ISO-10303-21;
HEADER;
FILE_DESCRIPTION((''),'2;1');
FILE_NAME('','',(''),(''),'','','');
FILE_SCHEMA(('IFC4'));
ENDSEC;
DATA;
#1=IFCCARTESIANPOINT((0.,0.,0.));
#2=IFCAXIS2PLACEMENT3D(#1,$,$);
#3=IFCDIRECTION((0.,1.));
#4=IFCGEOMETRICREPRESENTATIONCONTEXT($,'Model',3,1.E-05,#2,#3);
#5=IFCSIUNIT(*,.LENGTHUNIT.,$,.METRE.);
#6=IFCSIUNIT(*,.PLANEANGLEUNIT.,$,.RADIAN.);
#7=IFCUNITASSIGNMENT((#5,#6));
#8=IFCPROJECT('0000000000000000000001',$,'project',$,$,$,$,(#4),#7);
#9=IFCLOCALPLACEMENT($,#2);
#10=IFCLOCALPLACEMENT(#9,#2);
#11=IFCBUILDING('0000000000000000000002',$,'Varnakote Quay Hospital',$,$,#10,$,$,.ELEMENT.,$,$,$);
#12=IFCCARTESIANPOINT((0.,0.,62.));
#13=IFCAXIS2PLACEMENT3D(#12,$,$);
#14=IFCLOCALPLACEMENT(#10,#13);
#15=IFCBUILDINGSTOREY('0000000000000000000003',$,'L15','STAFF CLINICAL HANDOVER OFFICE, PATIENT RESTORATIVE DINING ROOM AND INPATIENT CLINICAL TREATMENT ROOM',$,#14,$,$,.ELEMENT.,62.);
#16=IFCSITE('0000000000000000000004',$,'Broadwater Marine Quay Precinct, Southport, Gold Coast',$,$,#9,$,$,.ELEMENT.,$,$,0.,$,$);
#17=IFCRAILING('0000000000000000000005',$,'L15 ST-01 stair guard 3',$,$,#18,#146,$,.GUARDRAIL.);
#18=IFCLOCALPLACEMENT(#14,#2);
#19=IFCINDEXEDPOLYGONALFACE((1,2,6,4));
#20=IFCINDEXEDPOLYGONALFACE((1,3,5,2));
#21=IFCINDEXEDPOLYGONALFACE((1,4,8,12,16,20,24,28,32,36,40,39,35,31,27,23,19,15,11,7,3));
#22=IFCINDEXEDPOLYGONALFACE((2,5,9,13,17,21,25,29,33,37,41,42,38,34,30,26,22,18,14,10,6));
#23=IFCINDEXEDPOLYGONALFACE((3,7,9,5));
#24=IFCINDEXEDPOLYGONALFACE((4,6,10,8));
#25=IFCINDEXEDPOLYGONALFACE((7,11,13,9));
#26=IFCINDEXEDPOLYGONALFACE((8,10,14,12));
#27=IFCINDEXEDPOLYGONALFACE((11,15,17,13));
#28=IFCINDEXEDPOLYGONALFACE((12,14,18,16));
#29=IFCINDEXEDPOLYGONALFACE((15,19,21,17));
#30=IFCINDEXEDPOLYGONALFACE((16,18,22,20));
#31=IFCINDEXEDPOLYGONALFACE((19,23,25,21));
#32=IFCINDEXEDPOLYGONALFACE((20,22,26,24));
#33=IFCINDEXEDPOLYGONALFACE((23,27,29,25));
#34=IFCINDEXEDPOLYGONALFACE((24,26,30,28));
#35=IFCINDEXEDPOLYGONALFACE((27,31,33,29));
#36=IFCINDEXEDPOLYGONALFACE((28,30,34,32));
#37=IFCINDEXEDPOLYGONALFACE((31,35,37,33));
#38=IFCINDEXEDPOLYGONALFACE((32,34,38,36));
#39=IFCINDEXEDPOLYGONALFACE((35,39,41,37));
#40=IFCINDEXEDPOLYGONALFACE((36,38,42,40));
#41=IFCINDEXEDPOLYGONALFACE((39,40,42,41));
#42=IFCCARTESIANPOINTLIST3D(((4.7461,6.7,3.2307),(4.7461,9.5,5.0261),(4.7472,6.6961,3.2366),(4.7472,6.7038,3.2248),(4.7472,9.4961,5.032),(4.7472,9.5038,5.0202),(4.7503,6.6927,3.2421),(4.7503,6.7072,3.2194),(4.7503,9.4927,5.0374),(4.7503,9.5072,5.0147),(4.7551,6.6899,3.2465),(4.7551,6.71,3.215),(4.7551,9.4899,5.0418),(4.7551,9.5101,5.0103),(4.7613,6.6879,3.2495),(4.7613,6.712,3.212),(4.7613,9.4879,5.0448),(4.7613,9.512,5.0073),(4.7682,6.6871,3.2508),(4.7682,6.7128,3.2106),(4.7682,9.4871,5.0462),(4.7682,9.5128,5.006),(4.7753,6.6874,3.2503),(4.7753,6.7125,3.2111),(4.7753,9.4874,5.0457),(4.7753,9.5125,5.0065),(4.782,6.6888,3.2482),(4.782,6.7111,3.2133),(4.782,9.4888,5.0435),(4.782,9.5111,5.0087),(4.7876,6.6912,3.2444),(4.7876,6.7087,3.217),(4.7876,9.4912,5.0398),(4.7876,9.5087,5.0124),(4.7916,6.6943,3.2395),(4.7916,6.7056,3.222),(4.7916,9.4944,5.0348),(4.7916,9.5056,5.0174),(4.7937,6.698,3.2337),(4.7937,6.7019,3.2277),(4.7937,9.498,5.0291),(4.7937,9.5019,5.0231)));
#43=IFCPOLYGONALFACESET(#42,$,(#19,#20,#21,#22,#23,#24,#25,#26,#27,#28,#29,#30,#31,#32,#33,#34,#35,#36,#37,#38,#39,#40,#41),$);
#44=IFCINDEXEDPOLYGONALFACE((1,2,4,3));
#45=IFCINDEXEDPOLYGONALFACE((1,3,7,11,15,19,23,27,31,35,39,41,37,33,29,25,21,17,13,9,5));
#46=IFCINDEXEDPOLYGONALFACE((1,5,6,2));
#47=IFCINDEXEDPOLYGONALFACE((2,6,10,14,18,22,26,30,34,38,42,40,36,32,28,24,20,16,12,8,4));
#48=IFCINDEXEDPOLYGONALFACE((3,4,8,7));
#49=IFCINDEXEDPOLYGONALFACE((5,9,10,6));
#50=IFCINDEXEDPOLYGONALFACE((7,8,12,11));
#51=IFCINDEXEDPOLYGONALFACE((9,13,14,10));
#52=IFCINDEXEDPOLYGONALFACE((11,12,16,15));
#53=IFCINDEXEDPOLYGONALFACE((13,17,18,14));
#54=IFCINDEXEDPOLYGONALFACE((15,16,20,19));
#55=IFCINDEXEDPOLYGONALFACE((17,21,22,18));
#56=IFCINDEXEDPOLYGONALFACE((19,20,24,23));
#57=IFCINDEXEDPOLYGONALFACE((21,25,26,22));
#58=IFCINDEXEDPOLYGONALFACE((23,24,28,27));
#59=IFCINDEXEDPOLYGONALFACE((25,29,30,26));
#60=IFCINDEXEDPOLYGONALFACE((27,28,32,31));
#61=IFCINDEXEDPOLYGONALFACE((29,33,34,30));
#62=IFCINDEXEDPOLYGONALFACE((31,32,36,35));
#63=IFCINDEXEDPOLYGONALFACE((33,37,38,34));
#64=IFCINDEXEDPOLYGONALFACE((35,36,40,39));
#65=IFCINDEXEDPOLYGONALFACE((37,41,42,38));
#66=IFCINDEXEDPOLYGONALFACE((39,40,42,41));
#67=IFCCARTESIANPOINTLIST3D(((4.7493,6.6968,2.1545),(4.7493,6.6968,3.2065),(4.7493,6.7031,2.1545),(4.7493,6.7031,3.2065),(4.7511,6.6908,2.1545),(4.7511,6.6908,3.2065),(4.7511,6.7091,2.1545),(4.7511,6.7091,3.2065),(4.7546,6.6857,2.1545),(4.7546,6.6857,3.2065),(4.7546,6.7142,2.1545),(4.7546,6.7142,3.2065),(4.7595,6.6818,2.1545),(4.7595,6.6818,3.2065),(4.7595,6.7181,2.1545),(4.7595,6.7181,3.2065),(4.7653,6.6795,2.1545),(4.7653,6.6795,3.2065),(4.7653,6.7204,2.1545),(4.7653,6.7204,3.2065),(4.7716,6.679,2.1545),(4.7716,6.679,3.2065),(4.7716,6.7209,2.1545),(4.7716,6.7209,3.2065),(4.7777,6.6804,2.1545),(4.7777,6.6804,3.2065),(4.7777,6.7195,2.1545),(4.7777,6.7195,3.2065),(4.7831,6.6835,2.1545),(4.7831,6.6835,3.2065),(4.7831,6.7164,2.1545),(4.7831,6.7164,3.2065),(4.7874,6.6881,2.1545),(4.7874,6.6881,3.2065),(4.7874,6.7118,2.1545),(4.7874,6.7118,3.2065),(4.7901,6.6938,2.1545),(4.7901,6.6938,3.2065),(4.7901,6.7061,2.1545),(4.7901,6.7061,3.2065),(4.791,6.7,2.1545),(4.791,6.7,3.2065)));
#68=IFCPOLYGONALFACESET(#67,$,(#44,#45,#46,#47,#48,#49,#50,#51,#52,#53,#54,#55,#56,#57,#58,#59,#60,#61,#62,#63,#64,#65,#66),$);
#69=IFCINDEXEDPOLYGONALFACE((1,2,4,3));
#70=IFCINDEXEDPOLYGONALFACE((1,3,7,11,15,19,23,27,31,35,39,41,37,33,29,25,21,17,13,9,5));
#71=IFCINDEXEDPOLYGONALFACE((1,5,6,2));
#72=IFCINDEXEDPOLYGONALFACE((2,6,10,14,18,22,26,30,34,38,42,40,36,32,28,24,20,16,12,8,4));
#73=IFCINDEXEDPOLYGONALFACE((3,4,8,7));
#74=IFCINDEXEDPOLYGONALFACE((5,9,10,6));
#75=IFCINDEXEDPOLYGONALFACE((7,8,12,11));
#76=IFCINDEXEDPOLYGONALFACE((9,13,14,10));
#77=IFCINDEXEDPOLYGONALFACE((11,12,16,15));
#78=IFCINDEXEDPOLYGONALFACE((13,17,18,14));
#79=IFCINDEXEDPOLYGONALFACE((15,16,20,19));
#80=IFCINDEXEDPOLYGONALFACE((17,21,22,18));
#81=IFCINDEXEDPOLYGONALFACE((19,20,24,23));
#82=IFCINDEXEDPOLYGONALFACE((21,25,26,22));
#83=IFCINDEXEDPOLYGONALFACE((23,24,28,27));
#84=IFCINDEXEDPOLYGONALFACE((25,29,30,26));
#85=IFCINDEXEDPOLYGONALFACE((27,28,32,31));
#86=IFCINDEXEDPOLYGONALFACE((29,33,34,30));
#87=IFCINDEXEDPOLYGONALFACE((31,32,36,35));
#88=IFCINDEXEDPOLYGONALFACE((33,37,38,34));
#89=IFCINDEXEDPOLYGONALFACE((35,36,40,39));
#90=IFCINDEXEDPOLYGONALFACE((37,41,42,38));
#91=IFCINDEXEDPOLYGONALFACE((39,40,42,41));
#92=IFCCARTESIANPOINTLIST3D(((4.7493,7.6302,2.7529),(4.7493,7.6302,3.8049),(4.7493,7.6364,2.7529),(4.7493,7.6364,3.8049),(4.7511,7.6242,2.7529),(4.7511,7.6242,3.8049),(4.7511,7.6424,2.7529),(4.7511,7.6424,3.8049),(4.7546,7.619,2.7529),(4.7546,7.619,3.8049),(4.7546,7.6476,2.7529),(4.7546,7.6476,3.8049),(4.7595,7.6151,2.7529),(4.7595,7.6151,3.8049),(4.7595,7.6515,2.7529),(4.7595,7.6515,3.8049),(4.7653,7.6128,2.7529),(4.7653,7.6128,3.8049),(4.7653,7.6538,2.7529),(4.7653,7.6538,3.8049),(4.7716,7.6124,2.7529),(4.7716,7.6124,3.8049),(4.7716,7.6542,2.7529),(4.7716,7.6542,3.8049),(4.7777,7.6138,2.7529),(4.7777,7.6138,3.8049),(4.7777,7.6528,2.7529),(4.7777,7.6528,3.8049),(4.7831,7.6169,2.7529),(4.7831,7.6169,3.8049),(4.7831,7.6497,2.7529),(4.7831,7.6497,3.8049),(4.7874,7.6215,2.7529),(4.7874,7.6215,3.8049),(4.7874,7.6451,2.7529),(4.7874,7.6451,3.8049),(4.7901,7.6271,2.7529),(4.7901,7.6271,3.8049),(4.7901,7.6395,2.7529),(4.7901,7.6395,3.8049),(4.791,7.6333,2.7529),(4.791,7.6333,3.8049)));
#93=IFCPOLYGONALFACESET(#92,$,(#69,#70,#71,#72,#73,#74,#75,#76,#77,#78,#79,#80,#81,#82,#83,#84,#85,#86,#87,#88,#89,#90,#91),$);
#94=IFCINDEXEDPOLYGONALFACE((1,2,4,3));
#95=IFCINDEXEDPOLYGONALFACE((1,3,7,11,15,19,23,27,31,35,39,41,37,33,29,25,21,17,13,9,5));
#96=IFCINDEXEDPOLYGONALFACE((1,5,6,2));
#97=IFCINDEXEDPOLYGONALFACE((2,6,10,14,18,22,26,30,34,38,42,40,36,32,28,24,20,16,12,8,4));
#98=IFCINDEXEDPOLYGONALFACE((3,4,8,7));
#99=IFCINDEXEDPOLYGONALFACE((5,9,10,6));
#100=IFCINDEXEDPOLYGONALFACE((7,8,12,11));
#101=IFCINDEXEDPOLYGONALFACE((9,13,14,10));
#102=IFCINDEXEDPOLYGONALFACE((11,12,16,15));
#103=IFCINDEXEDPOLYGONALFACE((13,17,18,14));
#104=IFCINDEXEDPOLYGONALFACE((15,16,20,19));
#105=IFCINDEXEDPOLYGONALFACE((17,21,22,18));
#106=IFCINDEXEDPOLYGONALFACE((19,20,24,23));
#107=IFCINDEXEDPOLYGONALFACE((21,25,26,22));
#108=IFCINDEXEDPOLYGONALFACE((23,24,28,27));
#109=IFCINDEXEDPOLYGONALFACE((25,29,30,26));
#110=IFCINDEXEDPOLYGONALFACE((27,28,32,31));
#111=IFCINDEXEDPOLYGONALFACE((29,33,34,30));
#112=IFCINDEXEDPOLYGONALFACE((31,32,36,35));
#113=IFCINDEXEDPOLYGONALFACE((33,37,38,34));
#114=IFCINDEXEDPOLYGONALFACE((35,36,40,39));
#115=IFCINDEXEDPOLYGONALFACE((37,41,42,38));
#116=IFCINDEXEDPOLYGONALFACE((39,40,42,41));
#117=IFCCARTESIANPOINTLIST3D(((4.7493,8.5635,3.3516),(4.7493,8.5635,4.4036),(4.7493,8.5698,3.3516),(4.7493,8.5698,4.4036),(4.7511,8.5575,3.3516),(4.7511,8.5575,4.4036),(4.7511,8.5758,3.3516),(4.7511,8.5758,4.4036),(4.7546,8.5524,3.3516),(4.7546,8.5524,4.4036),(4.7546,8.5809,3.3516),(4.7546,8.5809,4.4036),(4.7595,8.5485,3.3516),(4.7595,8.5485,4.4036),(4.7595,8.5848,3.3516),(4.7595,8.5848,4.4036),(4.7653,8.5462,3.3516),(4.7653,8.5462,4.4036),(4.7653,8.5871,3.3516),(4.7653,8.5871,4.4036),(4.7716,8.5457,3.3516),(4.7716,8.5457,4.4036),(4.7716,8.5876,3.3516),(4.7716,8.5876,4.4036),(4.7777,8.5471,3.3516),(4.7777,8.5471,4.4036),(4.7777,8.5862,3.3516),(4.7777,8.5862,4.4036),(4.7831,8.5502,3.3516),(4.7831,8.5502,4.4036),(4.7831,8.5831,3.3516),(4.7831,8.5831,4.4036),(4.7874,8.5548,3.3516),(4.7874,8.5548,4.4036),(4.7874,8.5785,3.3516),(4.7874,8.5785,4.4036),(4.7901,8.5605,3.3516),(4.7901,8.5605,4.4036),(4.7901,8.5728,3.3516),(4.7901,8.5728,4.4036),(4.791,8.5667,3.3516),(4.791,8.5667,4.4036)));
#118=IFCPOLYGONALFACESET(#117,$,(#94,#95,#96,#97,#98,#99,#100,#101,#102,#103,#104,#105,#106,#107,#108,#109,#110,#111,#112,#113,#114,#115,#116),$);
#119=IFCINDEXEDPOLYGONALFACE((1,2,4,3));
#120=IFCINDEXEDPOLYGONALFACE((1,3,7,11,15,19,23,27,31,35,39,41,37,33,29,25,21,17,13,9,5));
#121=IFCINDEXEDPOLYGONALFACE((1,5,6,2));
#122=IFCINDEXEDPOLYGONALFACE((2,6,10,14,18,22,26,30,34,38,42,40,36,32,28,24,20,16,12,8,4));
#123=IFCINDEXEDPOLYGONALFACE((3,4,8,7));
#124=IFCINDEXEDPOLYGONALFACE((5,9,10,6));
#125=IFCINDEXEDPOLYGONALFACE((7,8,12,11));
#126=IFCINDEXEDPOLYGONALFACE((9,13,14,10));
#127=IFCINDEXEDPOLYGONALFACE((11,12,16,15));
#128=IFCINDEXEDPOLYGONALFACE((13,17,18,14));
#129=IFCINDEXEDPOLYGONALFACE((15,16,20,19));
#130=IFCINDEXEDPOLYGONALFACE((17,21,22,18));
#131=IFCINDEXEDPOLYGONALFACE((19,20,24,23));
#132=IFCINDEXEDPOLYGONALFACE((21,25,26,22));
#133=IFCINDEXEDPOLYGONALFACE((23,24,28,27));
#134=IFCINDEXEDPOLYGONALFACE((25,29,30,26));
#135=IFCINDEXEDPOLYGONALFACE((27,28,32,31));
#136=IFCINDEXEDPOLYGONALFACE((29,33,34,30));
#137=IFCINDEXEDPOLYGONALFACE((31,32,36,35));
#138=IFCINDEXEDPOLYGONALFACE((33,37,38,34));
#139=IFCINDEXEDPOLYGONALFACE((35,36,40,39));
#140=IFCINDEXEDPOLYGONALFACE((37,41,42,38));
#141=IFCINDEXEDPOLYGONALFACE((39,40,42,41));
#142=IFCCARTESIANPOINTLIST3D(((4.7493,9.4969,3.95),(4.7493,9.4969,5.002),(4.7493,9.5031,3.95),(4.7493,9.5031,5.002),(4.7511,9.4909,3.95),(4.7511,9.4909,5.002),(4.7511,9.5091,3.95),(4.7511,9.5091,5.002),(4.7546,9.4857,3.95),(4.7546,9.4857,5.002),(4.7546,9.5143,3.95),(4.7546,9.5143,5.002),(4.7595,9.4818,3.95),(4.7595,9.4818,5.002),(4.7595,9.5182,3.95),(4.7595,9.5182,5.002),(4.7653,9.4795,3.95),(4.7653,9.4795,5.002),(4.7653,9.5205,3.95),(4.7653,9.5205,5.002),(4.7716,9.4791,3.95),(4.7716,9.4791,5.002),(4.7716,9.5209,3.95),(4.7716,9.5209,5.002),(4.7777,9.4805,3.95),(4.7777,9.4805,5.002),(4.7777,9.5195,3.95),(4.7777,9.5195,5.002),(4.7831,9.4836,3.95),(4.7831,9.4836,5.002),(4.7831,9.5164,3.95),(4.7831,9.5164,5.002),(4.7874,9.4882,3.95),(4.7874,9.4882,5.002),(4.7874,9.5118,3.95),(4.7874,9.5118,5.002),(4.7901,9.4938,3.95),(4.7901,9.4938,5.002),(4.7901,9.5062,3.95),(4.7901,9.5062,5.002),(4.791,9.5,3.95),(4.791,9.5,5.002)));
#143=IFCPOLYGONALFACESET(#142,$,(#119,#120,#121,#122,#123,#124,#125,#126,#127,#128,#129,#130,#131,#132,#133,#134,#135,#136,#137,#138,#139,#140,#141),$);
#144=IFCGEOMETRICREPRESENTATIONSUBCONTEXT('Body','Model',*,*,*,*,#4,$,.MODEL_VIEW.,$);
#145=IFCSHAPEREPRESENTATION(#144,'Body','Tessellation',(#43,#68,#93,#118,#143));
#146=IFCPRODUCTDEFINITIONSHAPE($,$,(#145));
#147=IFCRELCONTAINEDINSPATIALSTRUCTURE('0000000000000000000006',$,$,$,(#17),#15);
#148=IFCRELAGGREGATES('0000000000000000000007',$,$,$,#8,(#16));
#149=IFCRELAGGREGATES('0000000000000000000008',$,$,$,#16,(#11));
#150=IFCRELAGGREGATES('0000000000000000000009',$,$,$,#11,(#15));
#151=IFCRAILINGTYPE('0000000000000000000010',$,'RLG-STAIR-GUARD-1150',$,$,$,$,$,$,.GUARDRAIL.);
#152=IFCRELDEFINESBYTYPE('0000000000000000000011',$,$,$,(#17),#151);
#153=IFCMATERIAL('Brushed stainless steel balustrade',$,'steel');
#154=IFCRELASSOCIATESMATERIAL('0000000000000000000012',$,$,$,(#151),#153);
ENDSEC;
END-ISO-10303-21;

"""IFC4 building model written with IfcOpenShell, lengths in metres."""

from ifc_helpers import new_model, si_unit, direction, frame, origin, origin_2d, place, context, subcontext, project, spatial, circle, extrude, material, type_object, element, save


model = new_model("IFC4")

# Units and contexts
model_context = context("Model", 3, precision=1e-05, world=origin(), true_north=direction((0.0, 1.0)))
body_context = subcontext(model_context, "Body", "Model", "MODEL_VIEW")
ifc_project = project(units=[si_unit("LENGTHUNIT", "METRE"), si_unit("PLANEANGLEUNIT", "RADIAN")], contexts=[model_context])

# Site, building, storey
site_placement = place(None, origin())
site = spatial("IfcSite", under=ifc_project, at=site_placement, Name="Broadwater Marine Quay Precinct, Southport, Gold Coast", CompositionType="ELEMENT", RefElevation=0.0)
building_placement = place(site_placement, origin())
building = spatial("IfcBuilding", under=site, at=building_placement, Name="Varnakote Quay Hospital", CompositionType="ELEMENT")
storey_placement = place(building_placement, frame((0.0, 0.0, 62.0)))
storey = spatial("IfcBuildingStorey", under=building, at=storey_placement, Name="L15", Description="STAFF CLINICAL HANDOVER OFFICE, PATIENT RESTORATIVE DINING ROOM AND INPATIENT CLINICAL TREATMENT ROOM", CompositionType="ELEMENT", Elevation=62.0)

# Railing
ifc_material_1 = material(Name="Brushed stainless steel balustrade", Category="steel")
railing_type_1 = type_object("IfcRailingType", Name="RLG-STAIR-GUARD-1150", PredefinedType="GUARDRAIL", material=ifc_material_1)
railing_1_placement = place(storey_placement, frame((4.77, 6.7, 2.1545)))
element("IfcRailing", 1, at=railing_1_placement, inside=storey, type_object=railing_type_1, Name="L15 ST-01 stair guard 3", PredefinedType="GUARDRAIL", context=body_context, shape_type="SweptSolid", body=[
    extrude(circle(Radius=0.0239, at=origin_2d()), frame((0.0, 0.0, 1.0762), z_axis=(0.0, 0.84181, 0.539774), x_axis=(-1.0, 0.0, 0.0)), (0.0, 0.0, 1.0), 3.3262),
    extrude(circle(Radius=0.021, at=origin_2d()), origin(), (0.0, 0.0, 1.0), 1.052),
    extrude(circle(Radius=0.021, at=origin_2d()), frame((0.0, 0.9333, 0.5984)), (0.0, 0.0, 1.0), 1.052),
    extrude(circle(Radius=0.021, at=origin_2d()), frame((0.0, 1.8667, 1.197)), (0.0, 0.0, 1.0), 1.052),
    extrude(circle(Radius=0.021, at=origin_2d()), frame((0.0, 2.8, 1.7954)), (0.0, 0.0, 1.0), 1.052),
])

save(model, "model.ifc")
